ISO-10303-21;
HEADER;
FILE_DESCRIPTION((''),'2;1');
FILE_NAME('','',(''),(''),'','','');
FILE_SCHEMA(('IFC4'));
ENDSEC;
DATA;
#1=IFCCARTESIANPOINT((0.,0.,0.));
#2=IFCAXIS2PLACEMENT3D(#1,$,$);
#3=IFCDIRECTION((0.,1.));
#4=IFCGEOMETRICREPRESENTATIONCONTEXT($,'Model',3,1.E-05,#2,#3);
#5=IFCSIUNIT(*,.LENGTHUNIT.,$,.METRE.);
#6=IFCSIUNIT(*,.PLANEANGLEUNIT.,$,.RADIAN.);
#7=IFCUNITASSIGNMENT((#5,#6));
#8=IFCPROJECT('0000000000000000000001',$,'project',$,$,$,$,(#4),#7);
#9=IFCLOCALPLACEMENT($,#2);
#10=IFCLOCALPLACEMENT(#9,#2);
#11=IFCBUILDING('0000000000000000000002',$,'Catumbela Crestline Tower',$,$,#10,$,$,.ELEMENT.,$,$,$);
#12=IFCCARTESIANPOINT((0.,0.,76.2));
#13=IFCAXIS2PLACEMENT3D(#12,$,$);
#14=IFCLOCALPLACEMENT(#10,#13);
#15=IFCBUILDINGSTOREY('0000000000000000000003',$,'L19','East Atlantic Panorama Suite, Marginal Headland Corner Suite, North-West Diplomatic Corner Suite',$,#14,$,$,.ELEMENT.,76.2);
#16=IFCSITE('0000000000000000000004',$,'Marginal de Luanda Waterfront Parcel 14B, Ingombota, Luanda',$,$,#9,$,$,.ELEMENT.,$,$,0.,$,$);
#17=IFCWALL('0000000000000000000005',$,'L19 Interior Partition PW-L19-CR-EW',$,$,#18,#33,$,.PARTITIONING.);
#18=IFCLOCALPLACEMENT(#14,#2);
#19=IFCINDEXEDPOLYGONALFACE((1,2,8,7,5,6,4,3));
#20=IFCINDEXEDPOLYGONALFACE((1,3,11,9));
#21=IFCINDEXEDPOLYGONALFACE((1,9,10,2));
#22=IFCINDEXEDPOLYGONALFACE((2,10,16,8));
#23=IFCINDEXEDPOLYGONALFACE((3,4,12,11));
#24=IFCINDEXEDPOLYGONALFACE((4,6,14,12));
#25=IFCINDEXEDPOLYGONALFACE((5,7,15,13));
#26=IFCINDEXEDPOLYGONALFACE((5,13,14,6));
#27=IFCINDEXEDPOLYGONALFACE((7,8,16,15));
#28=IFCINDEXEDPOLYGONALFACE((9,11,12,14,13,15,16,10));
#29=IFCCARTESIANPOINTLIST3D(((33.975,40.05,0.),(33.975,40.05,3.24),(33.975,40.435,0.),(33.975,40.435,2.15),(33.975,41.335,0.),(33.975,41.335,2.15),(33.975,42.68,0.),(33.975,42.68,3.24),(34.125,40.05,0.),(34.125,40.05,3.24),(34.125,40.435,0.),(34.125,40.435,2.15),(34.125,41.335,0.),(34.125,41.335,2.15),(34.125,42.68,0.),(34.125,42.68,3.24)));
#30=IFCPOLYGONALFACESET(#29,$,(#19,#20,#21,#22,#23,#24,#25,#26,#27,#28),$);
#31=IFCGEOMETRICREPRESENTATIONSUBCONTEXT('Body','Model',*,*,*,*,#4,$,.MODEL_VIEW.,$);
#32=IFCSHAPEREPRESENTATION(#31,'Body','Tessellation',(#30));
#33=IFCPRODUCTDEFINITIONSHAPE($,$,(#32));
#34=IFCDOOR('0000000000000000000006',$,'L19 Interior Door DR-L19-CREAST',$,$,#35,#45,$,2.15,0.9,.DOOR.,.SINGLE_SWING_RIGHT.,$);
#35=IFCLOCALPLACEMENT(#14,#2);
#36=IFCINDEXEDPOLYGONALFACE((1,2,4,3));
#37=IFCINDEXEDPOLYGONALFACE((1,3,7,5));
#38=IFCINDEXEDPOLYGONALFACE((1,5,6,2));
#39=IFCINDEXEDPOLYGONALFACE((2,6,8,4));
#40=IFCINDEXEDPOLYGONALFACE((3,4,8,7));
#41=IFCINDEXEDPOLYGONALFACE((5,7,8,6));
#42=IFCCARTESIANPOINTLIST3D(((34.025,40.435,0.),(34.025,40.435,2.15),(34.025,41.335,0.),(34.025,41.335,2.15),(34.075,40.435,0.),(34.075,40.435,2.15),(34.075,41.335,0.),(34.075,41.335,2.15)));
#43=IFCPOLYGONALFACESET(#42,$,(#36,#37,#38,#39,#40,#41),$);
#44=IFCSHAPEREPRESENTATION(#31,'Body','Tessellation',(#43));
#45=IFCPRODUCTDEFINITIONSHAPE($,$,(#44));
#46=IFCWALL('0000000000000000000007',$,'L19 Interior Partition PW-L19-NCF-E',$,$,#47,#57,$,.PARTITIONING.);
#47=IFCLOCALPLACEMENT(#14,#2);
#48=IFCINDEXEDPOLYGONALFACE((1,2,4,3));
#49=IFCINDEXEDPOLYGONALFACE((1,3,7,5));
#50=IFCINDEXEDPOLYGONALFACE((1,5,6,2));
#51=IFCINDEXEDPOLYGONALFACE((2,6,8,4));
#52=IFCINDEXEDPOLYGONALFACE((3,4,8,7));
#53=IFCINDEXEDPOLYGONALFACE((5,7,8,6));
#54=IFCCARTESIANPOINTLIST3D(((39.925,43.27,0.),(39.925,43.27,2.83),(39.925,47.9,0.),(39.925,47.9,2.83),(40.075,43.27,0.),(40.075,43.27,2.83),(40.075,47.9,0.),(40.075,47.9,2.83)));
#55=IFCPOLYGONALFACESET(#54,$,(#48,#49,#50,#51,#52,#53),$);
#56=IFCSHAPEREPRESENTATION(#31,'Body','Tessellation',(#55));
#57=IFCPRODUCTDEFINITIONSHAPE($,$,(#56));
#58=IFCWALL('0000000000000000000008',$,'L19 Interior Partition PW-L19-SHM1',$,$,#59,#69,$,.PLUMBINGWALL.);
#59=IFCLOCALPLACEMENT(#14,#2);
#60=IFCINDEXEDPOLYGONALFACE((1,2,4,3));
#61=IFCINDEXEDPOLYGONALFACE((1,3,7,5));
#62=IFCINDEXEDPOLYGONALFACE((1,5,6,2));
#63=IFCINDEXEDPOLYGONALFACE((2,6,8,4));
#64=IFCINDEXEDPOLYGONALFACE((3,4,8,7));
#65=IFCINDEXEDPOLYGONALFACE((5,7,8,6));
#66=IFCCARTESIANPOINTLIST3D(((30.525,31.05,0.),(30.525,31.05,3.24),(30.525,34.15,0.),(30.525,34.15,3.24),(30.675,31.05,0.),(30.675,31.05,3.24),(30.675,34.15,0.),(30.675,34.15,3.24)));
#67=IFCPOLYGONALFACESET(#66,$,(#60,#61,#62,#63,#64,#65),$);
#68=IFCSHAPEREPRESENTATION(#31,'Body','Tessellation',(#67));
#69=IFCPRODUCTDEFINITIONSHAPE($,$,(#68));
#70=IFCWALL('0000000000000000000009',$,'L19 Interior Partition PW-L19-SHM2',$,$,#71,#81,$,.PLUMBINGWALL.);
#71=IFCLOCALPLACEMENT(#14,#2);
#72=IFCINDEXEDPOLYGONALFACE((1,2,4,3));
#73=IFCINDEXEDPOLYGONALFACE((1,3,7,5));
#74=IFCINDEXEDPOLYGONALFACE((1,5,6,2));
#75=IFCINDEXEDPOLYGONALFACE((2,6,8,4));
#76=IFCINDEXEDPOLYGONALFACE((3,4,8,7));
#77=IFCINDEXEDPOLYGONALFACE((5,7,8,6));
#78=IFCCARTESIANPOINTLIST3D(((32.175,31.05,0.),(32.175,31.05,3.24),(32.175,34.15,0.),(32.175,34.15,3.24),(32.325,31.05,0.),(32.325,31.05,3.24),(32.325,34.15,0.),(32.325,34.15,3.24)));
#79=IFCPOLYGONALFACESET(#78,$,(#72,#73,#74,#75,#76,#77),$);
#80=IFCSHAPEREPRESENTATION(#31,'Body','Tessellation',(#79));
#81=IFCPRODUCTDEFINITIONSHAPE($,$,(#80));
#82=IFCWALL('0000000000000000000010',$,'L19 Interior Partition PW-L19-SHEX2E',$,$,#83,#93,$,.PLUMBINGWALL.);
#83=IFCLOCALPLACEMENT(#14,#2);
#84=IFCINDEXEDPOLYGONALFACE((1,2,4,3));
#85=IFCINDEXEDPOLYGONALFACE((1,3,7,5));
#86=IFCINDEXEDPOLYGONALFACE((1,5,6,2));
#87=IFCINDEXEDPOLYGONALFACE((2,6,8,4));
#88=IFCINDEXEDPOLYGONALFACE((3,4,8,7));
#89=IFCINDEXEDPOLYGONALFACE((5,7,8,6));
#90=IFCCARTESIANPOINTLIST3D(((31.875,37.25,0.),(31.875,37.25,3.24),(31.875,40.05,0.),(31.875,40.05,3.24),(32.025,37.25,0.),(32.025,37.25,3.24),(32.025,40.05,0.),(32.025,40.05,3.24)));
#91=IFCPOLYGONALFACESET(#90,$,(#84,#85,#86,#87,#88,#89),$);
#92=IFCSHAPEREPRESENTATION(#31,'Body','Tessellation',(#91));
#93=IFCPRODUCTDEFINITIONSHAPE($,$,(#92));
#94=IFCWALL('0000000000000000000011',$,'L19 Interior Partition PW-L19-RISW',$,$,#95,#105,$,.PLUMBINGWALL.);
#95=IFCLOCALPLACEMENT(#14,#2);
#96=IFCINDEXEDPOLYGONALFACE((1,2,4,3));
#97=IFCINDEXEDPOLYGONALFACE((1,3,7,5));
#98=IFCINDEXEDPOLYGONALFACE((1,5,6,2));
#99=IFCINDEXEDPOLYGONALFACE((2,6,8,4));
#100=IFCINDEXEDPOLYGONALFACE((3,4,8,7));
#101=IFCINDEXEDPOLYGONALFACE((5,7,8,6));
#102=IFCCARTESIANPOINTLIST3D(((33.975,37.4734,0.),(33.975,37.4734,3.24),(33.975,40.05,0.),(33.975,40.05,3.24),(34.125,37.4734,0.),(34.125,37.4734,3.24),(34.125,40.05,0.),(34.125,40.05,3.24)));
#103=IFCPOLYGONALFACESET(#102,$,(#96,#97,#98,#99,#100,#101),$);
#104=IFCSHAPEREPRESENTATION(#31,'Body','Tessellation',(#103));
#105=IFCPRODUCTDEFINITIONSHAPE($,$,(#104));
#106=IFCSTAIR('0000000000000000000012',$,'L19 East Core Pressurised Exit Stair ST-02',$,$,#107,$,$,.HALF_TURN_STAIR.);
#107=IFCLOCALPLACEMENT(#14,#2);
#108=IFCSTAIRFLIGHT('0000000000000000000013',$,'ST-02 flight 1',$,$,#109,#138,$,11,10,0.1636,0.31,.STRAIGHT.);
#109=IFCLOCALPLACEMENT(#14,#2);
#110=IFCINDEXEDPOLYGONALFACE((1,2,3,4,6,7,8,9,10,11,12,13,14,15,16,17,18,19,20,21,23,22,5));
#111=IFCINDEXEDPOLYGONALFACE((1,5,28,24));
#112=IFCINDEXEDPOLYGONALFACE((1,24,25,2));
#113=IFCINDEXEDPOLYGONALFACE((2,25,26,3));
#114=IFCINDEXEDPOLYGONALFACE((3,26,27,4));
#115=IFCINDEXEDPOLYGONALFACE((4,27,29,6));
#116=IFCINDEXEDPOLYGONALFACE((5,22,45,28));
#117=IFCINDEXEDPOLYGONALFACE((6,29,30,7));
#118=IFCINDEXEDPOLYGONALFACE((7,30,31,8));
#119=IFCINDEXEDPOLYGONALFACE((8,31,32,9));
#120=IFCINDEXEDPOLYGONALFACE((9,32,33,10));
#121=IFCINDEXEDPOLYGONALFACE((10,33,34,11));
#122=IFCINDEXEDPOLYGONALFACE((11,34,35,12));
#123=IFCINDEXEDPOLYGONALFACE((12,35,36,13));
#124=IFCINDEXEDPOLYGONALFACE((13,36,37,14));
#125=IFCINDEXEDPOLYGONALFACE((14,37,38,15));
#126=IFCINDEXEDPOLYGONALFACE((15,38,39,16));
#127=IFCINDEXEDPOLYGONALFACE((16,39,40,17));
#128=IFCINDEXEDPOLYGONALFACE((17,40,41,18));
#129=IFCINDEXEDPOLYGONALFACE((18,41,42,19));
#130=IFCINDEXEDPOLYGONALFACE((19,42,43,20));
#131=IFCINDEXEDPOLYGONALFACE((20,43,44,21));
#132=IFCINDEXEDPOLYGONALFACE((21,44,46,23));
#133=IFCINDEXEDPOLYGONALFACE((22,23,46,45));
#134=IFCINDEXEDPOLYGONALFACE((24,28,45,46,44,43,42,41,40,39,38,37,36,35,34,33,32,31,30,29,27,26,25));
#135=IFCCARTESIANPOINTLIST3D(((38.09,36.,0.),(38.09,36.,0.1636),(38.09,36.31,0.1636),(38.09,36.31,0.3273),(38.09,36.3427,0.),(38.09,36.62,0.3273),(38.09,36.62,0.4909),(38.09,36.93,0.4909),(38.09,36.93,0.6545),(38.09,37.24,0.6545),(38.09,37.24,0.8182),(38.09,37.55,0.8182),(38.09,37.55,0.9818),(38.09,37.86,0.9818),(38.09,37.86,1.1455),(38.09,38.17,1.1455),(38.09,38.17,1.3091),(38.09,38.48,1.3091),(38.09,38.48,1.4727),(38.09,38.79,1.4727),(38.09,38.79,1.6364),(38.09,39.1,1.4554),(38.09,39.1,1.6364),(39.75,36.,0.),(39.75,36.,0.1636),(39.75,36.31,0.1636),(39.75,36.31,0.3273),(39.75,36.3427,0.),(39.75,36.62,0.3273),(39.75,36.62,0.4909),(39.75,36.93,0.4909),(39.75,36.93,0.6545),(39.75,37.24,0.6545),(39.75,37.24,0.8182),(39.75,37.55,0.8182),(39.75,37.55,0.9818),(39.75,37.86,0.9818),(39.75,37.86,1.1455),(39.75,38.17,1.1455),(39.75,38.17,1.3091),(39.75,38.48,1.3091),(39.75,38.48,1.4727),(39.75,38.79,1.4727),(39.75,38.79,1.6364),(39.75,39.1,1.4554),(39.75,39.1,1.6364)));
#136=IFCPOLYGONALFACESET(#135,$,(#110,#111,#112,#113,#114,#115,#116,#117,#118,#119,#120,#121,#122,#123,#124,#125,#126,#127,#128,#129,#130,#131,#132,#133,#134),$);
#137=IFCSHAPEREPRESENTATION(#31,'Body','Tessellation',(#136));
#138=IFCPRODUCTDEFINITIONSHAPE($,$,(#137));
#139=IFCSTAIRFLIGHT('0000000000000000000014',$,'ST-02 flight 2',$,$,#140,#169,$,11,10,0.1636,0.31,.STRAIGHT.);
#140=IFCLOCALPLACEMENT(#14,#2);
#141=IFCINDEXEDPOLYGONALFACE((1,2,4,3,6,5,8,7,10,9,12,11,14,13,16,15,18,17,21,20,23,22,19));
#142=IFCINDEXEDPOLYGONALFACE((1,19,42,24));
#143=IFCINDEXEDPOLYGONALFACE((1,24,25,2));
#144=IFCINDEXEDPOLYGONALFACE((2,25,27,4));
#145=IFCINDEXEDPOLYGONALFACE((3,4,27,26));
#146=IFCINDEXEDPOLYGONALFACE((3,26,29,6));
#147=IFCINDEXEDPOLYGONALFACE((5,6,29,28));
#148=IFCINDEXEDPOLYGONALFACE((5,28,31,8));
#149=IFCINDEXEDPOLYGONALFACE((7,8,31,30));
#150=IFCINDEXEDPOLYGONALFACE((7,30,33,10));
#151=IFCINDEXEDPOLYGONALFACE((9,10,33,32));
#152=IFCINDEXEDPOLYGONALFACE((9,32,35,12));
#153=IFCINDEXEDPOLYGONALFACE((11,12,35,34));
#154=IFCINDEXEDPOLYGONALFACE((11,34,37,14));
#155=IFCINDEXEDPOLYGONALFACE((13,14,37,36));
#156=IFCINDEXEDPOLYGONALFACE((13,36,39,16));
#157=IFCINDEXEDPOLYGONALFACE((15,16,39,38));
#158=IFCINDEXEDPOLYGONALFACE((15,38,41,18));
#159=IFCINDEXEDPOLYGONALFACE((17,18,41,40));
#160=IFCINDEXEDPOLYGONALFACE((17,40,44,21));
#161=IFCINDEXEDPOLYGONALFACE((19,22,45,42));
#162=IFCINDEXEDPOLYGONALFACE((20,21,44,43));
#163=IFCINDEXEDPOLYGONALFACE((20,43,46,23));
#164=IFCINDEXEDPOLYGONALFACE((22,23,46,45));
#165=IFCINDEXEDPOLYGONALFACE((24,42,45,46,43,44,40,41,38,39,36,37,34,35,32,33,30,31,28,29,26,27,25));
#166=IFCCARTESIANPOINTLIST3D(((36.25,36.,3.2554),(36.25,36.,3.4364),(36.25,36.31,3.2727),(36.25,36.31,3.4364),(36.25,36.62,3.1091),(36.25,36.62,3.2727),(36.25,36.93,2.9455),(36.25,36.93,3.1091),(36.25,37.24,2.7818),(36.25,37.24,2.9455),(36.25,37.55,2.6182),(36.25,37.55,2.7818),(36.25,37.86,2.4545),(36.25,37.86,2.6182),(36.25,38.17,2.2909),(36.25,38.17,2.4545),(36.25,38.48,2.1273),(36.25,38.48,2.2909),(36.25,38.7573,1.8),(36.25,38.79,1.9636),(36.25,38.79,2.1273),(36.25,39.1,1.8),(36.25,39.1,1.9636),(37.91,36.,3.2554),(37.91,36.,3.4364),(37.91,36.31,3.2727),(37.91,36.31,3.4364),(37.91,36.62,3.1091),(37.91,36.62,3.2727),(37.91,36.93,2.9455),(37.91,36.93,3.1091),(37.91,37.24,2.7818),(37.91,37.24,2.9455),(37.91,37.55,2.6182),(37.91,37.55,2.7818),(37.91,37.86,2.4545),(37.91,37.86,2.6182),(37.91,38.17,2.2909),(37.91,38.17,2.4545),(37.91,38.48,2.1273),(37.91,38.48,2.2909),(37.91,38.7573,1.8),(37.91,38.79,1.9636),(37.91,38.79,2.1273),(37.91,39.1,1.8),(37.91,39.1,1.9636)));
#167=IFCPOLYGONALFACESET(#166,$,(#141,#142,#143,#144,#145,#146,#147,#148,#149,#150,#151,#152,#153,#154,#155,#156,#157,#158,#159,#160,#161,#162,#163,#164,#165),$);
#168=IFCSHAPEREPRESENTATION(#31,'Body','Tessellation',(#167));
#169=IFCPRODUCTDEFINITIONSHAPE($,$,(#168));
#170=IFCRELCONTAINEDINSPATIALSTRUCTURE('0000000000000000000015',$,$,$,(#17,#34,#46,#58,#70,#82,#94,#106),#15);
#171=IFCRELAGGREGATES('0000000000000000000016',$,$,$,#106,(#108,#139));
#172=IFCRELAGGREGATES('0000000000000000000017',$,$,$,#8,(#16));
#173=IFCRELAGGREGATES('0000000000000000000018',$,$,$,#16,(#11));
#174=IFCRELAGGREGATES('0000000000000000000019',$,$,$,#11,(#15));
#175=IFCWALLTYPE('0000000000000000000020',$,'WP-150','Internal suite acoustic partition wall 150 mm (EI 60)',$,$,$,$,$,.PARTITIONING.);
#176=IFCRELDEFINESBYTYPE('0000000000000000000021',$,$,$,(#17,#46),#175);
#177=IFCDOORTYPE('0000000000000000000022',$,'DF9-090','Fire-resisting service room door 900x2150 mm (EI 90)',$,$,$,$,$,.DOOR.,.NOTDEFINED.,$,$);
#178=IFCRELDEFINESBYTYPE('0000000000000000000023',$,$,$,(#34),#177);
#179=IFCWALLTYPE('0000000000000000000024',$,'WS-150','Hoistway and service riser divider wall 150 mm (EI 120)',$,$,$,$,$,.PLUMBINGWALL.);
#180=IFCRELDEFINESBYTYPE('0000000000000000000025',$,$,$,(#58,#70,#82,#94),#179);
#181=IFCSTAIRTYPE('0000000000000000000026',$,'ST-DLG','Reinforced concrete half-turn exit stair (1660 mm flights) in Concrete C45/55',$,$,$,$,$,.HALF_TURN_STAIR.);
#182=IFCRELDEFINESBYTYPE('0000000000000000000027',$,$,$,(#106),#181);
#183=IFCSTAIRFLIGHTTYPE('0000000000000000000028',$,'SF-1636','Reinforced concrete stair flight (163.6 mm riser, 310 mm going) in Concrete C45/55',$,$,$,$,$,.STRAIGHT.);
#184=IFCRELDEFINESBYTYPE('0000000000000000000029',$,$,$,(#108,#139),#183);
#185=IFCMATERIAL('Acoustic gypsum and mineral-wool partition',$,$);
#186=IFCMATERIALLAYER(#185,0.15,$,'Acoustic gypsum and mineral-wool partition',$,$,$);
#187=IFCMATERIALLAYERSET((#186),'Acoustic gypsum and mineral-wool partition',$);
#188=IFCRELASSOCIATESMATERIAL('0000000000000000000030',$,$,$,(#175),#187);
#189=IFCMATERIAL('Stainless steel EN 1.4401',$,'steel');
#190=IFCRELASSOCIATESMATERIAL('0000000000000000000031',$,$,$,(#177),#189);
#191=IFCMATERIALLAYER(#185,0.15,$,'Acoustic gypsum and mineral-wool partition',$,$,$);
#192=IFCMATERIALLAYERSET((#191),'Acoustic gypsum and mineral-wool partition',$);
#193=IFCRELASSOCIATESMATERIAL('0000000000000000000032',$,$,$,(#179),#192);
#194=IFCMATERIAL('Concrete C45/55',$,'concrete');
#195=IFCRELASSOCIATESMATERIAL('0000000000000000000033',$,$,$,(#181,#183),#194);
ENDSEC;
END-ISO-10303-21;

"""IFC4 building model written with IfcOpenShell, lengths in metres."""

from ifc_helpers import new_model, si_unit, direction, frame, frame_2d, origin, place, context, subcontext, project, spatial, polyline, rectangle, outline, extrude, material, layer, layer_set, type_object, element, fill, aggregate, save


model = new_model("IFC4")

# Units and contexts
model_context = context("Model", 3, precision=1e-05, world=origin(), true_north=direction((0.0, 1.0)))
body_context = subcontext(model_context, "Body", "Model", "MODEL_VIEW")
ifc_project = project(units=[si_unit("LENGTHUNIT", "METRE"), si_unit("PLANEANGLEUNIT", "RADIAN")], contexts=[model_context])

# Site, building, storey
site_placement = place(None, origin())
site = spatial("IfcSite", under=ifc_project, at=site_placement, Name="Marginal de Luanda Waterfront Parcel 14B, Ingombota, Luanda", CompositionType="ELEMENT", RefElevation=0.0)
building_placement = place(site_placement, origin())
building = spatial("IfcBuilding", under=site, at=building_placement, Name="Catumbela Crestline Tower", CompositionType="ELEMENT")
storey_placement = place(building_placement, frame((0.0, 0.0, 76.2)))
storey = spatial("IfcBuildingStorey", under=building, at=storey_placement, Name="L19", Description="East Atlantic Panorama Suite, Marginal Headland Corner Suite, North-West Diplomatic Corner Suite", CompositionType="ELEMENT", Elevation=76.2)

# Shared definitions
ifc_material_1 = material(Name="Stainless steel EN 1.4401", Category="steel")

# Shared definitions
ifc_material_2 = material(Name="Acoustic gypsum and mineral-wool partition")
ifc_layer_1 = layer(ifc_material_2, 0.15, Name="Acoustic gypsum and mineral-wool partition")
ifc_layer_set_1 = layer_set([ifc_layer_1], Name="Acoustic gypsum and mineral-wool partition")
wall_type_1 = type_object("IfcWallType", Name="WP-150", Description="Internal suite acoustic partition wall 150 mm (EI 60)", PredefinedType="PARTITIONING", material=ifc_layer_set_1)

# Wall, opening, door
wall_1_placement = place(storey_placement, frame((34.05, 40.05, 0.0), z_axis=(0.0, 0.0, 1.0), x_axis=(0.0, 1.0, 0.0)))
wall_1 = element("IfcWall", 1, at=wall_1_placement, inside=storey, type_object=wall_type_1, Name="L19 Interior Partition PW-L19-CR-EW", PredefinedType="PARTITIONING", context=body_context, shape_type="SweptSolid", body=[
    extrude(rectangle(XDim=2.63, YDim=0.15, at=frame_2d((1.315, 0.0))), origin(), (0.0, 0.0, 1.0), 3.24),
])
opening_1_placement = place(wall_1_placement, frame((0.385, 0.0, 0.0)))
opening_1 = element("IfcOpeningElement", 2, at=opening_1_placement, cuts=wall_1, PredefinedType="OPENING", context=body_context, shape_type="SweptSolid", body=[
    extrude(rectangle(XDim=0.9, YDim=2.15, at=frame_2d((0.45, 1.075))), frame((0.0, 0.085, 0.0), z_axis=(0.0, -1.0, 0.0), x_axis=(1.0, 0.0, 0.0)), (0.0, 0.0, 1.0), 0.17),
])
door_type_1 = type_object("IfcDoorType", Name="DF9-090", Description="Fire-resisting service room door 900x2150 mm (EI 90)", OperationType="NOTDEFINED", PredefinedType="DOOR", material=ifc_material_1)
door_1_placement = place(opening_1_placement, origin())
door_1 = element("IfcDoor", 3, at=door_1_placement, inside=storey, type_object=door_type_1, Name="L19 Interior Door DR-L19-CREAST", OperationType="SINGLE_SWING_RIGHT", OverallHeight=2.15, OverallWidth=0.9, PredefinedType="DOOR", context=body_context, shape_type="SweptSolid", body=[
    extrude(rectangle(XDim=0.9, YDim=2.15, at=frame_2d((0.45, 1.075))), frame((0.0, 0.025, 0.0), z_axis=(0.0, -1.0, 0.0), x_axis=(1.0, 0.0, 0.0)), (0.0, 0.0, 1.0), 0.05),
])
fill(opening_1, door_1)

# Walls
wall_2_placement = place(storey_placement, frame((40.0, 43.27, 0.0), z_axis=(0.0, 0.0, 1.0), x_axis=(0.0, 1.0, 0.0)))
element("IfcWall", 4, at=wall_2_placement, inside=storey, type_object=wall_type_1, Name="L19 Interior Partition PW-L19-NCF-E", PredefinedType="PARTITIONING", context=body_context, shape_type="SweptSolid", body=[
    extrude(rectangle(XDim=4.63, YDim=0.15, at=frame_2d((2.315, 0.0))), origin(), (0.0, 0.0, 1.0), 2.83),
])
ifc_layer_2 = layer(ifc_material_2, 0.15, Name="Acoustic gypsum and mineral-wool partition")
ifc_layer_set_2 = layer_set([ifc_layer_2], Name="Acoustic gypsum and mineral-wool partition")
wall_type_2 = type_object("IfcWallType", Name="WS-150", Description="Hoistway and service riser divider wall 150 mm (EI 120)", PredefinedType="PLUMBINGWALL", material=ifc_layer_set_2)
for number, where, z_axis, x_axis, name in (
    (5, (30.6, 31.05, 0.0), (0.0, 0.0, 1.0), (0.0, 1.0, 0.0), "L19 Interior Partition PW-L19-SHM1"),
    (6, (32.25, 31.05, 0.0), (0.0, 0.0, 1.0), (0.0, 1.0, 0.0), "L19 Interior Partition PW-L19-SHM2"),
):
    element("IfcWall", number, at=place(storey_placement, frame(where, z_axis=z_axis, x_axis=x_axis)), inside=storey, type_object=wall_type_2, Name=name, PredefinedType="PLUMBINGWALL", context=body_context, shape_type="SweptSolid", body=[
        extrude(rectangle(XDim=3.1, YDim=0.15, at=frame_2d((1.55, 0.0))), origin(), (0.0, 0.0, 1.0), 3.24),
    ])
wall_3_placement = place(storey_placement, frame((31.95, 37.25, 0.0), z_axis=(0.0, 0.0, 1.0), x_axis=(0.0, 1.0, 0.0)))
element("IfcWall", 7, at=wall_3_placement, inside=storey, type_object=wall_type_2, Name="L19 Interior Partition PW-L19-SHEX2E", PredefinedType="PLUMBINGWALL", context=body_context, shape_type="SweptSolid", body=[
    extrude(rectangle(XDim=2.8, YDim=0.15, at=frame_2d((1.4, 0.0))), origin(), (0.0, 0.0, 1.0), 3.24),
])
wall_4_placement = place(storey_placement, frame((34.05, 37.4734, 0.0), z_axis=(0.0, 0.0, 1.0), x_axis=(0.0, 1.0, 0.0)))
element("IfcWall", 8, at=wall_4_placement, inside=storey, type_object=wall_type_2, Name="L19 Interior Partition PW-L19-RISW", PredefinedType="PLUMBINGWALL", context=body_context, shape_type="SweptSolid", body=[
    extrude(rectangle(XDim=2.5766, YDim=0.15, at=frame_2d((1.2883, 0.0))), origin(), (0.0, 0.0, 1.0), 3.24),
])

# Stair, stair flights
ifc_material_3 = material(Name="Concrete C45/55", Category="concrete")
stair_type = type_object("IfcStairType", Name="ST-DLG", Description="Reinforced concrete half-turn exit stair (1660 mm flights) in Concrete C45/55", PredefinedType="HALF_TURN_STAIR", material=ifc_material_3)
stair_placement = place(storey_placement, origin())
stair = element("IfcStair", 9, at=stair_placement, inside=storey, type_object=stair_type, Name="L19 East Core Pressurised Exit Stair ST-02", PredefinedType="HALF_TURN_STAIR")
stair_flight_type = type_object("IfcStairFlightType", Name="SF-1636", Description="Reinforced concrete stair flight (163.6 mm riser, 310 mm going) in Concrete C45/55", PredefinedType="STRAIGHT", material=ifc_material_3)
stair_flight_1_placement = place(storey_placement, frame((38.92, 36.0, 0.0), z_axis=(0.0, 0.0, 1.0), x_axis=(0.0, 1.0, 0.0)))
stair_flight_1 = element("IfcStairFlight", 10, at=stair_flight_1_placement, type_object=stair_flight_type, Name="ST-02 flight 1", NumberOfRisers=11, NumberOfTreads=10, PredefinedType="STRAIGHT", RiserHeight=0.1636, TreadLength=0.31, context=body_context, shape_type="SweptSolid", body=[
    extrude(outline(polyline([(0.0, 0.0), (0.0, 0.1636), (0.31, 0.1636), (0.31, 0.3273), (0.62, 0.3273), (0.62, 0.4909), (0.93, 0.4909), (0.93, 0.6545), (1.24, 0.6545), (1.24, 0.8182), (1.55, 0.8182), (1.55, 0.9818), (1.86, 0.9818), (1.86, 1.1455), (2.17, 1.1455), (2.17, 1.3091), (2.48, 1.3091), (2.48, 1.4727), (2.79, 1.4727), (2.79, 1.6364), (3.1, 1.6364), (3.1, 1.8), (3.1, 1.4554), (0.3427, 0.0), (0.0, 0.0)])), frame((0.0, 0.83, 0.0), z_axis=(0.0, -1.0, 0.0), x_axis=(1.0, 0.0, 0.0)), (0.0, 0.0, 1.0), 1.66),
])
stair_flight_2_placement = place(storey_placement, frame((37.08, 39.1, 1.8), z_axis=(0.0, 0.0, 1.0), x_axis=(0.0, -1.0, 0.0)))
stair_flight_2 = element("IfcStairFlight", 11, at=stair_flight_2_placement, type_object=stair_flight_type, Name="ST-02 flight 2", NumberOfRisers=11, NumberOfTreads=10, PredefinedType="STRAIGHT", RiserHeight=0.1636, TreadLength=0.31, context=body_context, shape_type="SweptSolid", body=[
    extrude(outline(polyline([(0.0, 0.0), (0.0, 0.1636), (0.31, 0.1636), (0.31, 0.3273), (0.62, 0.3273), (0.62, 0.4909), (0.93, 0.4909), (0.93, 0.6545), (1.24, 0.6545), (1.24, 0.8182), (1.55, 0.8182), (1.55, 0.9818), (1.86, 0.9818), (1.86, 1.1455), (2.17, 1.1455), (2.17, 1.3091), (2.48, 1.3091), (2.48, 1.4727), (2.79, 1.4727), (2.79, 1.6364), (3.1, 1.6364), (3.1, 1.8), (3.1, 1.4554), (0.3427, 0.0), (0.0, 0.0)])), frame((0.0, 0.83, 0.0), z_axis=(0.0, -1.0, 0.0), x_axis=(1.0, 0.0, 0.0)), (0.0, 0.0, 1.0), 1.66),
])
aggregate(stair, [stair_flight_1, stair_flight_2])

save(model, "model.ifc")
